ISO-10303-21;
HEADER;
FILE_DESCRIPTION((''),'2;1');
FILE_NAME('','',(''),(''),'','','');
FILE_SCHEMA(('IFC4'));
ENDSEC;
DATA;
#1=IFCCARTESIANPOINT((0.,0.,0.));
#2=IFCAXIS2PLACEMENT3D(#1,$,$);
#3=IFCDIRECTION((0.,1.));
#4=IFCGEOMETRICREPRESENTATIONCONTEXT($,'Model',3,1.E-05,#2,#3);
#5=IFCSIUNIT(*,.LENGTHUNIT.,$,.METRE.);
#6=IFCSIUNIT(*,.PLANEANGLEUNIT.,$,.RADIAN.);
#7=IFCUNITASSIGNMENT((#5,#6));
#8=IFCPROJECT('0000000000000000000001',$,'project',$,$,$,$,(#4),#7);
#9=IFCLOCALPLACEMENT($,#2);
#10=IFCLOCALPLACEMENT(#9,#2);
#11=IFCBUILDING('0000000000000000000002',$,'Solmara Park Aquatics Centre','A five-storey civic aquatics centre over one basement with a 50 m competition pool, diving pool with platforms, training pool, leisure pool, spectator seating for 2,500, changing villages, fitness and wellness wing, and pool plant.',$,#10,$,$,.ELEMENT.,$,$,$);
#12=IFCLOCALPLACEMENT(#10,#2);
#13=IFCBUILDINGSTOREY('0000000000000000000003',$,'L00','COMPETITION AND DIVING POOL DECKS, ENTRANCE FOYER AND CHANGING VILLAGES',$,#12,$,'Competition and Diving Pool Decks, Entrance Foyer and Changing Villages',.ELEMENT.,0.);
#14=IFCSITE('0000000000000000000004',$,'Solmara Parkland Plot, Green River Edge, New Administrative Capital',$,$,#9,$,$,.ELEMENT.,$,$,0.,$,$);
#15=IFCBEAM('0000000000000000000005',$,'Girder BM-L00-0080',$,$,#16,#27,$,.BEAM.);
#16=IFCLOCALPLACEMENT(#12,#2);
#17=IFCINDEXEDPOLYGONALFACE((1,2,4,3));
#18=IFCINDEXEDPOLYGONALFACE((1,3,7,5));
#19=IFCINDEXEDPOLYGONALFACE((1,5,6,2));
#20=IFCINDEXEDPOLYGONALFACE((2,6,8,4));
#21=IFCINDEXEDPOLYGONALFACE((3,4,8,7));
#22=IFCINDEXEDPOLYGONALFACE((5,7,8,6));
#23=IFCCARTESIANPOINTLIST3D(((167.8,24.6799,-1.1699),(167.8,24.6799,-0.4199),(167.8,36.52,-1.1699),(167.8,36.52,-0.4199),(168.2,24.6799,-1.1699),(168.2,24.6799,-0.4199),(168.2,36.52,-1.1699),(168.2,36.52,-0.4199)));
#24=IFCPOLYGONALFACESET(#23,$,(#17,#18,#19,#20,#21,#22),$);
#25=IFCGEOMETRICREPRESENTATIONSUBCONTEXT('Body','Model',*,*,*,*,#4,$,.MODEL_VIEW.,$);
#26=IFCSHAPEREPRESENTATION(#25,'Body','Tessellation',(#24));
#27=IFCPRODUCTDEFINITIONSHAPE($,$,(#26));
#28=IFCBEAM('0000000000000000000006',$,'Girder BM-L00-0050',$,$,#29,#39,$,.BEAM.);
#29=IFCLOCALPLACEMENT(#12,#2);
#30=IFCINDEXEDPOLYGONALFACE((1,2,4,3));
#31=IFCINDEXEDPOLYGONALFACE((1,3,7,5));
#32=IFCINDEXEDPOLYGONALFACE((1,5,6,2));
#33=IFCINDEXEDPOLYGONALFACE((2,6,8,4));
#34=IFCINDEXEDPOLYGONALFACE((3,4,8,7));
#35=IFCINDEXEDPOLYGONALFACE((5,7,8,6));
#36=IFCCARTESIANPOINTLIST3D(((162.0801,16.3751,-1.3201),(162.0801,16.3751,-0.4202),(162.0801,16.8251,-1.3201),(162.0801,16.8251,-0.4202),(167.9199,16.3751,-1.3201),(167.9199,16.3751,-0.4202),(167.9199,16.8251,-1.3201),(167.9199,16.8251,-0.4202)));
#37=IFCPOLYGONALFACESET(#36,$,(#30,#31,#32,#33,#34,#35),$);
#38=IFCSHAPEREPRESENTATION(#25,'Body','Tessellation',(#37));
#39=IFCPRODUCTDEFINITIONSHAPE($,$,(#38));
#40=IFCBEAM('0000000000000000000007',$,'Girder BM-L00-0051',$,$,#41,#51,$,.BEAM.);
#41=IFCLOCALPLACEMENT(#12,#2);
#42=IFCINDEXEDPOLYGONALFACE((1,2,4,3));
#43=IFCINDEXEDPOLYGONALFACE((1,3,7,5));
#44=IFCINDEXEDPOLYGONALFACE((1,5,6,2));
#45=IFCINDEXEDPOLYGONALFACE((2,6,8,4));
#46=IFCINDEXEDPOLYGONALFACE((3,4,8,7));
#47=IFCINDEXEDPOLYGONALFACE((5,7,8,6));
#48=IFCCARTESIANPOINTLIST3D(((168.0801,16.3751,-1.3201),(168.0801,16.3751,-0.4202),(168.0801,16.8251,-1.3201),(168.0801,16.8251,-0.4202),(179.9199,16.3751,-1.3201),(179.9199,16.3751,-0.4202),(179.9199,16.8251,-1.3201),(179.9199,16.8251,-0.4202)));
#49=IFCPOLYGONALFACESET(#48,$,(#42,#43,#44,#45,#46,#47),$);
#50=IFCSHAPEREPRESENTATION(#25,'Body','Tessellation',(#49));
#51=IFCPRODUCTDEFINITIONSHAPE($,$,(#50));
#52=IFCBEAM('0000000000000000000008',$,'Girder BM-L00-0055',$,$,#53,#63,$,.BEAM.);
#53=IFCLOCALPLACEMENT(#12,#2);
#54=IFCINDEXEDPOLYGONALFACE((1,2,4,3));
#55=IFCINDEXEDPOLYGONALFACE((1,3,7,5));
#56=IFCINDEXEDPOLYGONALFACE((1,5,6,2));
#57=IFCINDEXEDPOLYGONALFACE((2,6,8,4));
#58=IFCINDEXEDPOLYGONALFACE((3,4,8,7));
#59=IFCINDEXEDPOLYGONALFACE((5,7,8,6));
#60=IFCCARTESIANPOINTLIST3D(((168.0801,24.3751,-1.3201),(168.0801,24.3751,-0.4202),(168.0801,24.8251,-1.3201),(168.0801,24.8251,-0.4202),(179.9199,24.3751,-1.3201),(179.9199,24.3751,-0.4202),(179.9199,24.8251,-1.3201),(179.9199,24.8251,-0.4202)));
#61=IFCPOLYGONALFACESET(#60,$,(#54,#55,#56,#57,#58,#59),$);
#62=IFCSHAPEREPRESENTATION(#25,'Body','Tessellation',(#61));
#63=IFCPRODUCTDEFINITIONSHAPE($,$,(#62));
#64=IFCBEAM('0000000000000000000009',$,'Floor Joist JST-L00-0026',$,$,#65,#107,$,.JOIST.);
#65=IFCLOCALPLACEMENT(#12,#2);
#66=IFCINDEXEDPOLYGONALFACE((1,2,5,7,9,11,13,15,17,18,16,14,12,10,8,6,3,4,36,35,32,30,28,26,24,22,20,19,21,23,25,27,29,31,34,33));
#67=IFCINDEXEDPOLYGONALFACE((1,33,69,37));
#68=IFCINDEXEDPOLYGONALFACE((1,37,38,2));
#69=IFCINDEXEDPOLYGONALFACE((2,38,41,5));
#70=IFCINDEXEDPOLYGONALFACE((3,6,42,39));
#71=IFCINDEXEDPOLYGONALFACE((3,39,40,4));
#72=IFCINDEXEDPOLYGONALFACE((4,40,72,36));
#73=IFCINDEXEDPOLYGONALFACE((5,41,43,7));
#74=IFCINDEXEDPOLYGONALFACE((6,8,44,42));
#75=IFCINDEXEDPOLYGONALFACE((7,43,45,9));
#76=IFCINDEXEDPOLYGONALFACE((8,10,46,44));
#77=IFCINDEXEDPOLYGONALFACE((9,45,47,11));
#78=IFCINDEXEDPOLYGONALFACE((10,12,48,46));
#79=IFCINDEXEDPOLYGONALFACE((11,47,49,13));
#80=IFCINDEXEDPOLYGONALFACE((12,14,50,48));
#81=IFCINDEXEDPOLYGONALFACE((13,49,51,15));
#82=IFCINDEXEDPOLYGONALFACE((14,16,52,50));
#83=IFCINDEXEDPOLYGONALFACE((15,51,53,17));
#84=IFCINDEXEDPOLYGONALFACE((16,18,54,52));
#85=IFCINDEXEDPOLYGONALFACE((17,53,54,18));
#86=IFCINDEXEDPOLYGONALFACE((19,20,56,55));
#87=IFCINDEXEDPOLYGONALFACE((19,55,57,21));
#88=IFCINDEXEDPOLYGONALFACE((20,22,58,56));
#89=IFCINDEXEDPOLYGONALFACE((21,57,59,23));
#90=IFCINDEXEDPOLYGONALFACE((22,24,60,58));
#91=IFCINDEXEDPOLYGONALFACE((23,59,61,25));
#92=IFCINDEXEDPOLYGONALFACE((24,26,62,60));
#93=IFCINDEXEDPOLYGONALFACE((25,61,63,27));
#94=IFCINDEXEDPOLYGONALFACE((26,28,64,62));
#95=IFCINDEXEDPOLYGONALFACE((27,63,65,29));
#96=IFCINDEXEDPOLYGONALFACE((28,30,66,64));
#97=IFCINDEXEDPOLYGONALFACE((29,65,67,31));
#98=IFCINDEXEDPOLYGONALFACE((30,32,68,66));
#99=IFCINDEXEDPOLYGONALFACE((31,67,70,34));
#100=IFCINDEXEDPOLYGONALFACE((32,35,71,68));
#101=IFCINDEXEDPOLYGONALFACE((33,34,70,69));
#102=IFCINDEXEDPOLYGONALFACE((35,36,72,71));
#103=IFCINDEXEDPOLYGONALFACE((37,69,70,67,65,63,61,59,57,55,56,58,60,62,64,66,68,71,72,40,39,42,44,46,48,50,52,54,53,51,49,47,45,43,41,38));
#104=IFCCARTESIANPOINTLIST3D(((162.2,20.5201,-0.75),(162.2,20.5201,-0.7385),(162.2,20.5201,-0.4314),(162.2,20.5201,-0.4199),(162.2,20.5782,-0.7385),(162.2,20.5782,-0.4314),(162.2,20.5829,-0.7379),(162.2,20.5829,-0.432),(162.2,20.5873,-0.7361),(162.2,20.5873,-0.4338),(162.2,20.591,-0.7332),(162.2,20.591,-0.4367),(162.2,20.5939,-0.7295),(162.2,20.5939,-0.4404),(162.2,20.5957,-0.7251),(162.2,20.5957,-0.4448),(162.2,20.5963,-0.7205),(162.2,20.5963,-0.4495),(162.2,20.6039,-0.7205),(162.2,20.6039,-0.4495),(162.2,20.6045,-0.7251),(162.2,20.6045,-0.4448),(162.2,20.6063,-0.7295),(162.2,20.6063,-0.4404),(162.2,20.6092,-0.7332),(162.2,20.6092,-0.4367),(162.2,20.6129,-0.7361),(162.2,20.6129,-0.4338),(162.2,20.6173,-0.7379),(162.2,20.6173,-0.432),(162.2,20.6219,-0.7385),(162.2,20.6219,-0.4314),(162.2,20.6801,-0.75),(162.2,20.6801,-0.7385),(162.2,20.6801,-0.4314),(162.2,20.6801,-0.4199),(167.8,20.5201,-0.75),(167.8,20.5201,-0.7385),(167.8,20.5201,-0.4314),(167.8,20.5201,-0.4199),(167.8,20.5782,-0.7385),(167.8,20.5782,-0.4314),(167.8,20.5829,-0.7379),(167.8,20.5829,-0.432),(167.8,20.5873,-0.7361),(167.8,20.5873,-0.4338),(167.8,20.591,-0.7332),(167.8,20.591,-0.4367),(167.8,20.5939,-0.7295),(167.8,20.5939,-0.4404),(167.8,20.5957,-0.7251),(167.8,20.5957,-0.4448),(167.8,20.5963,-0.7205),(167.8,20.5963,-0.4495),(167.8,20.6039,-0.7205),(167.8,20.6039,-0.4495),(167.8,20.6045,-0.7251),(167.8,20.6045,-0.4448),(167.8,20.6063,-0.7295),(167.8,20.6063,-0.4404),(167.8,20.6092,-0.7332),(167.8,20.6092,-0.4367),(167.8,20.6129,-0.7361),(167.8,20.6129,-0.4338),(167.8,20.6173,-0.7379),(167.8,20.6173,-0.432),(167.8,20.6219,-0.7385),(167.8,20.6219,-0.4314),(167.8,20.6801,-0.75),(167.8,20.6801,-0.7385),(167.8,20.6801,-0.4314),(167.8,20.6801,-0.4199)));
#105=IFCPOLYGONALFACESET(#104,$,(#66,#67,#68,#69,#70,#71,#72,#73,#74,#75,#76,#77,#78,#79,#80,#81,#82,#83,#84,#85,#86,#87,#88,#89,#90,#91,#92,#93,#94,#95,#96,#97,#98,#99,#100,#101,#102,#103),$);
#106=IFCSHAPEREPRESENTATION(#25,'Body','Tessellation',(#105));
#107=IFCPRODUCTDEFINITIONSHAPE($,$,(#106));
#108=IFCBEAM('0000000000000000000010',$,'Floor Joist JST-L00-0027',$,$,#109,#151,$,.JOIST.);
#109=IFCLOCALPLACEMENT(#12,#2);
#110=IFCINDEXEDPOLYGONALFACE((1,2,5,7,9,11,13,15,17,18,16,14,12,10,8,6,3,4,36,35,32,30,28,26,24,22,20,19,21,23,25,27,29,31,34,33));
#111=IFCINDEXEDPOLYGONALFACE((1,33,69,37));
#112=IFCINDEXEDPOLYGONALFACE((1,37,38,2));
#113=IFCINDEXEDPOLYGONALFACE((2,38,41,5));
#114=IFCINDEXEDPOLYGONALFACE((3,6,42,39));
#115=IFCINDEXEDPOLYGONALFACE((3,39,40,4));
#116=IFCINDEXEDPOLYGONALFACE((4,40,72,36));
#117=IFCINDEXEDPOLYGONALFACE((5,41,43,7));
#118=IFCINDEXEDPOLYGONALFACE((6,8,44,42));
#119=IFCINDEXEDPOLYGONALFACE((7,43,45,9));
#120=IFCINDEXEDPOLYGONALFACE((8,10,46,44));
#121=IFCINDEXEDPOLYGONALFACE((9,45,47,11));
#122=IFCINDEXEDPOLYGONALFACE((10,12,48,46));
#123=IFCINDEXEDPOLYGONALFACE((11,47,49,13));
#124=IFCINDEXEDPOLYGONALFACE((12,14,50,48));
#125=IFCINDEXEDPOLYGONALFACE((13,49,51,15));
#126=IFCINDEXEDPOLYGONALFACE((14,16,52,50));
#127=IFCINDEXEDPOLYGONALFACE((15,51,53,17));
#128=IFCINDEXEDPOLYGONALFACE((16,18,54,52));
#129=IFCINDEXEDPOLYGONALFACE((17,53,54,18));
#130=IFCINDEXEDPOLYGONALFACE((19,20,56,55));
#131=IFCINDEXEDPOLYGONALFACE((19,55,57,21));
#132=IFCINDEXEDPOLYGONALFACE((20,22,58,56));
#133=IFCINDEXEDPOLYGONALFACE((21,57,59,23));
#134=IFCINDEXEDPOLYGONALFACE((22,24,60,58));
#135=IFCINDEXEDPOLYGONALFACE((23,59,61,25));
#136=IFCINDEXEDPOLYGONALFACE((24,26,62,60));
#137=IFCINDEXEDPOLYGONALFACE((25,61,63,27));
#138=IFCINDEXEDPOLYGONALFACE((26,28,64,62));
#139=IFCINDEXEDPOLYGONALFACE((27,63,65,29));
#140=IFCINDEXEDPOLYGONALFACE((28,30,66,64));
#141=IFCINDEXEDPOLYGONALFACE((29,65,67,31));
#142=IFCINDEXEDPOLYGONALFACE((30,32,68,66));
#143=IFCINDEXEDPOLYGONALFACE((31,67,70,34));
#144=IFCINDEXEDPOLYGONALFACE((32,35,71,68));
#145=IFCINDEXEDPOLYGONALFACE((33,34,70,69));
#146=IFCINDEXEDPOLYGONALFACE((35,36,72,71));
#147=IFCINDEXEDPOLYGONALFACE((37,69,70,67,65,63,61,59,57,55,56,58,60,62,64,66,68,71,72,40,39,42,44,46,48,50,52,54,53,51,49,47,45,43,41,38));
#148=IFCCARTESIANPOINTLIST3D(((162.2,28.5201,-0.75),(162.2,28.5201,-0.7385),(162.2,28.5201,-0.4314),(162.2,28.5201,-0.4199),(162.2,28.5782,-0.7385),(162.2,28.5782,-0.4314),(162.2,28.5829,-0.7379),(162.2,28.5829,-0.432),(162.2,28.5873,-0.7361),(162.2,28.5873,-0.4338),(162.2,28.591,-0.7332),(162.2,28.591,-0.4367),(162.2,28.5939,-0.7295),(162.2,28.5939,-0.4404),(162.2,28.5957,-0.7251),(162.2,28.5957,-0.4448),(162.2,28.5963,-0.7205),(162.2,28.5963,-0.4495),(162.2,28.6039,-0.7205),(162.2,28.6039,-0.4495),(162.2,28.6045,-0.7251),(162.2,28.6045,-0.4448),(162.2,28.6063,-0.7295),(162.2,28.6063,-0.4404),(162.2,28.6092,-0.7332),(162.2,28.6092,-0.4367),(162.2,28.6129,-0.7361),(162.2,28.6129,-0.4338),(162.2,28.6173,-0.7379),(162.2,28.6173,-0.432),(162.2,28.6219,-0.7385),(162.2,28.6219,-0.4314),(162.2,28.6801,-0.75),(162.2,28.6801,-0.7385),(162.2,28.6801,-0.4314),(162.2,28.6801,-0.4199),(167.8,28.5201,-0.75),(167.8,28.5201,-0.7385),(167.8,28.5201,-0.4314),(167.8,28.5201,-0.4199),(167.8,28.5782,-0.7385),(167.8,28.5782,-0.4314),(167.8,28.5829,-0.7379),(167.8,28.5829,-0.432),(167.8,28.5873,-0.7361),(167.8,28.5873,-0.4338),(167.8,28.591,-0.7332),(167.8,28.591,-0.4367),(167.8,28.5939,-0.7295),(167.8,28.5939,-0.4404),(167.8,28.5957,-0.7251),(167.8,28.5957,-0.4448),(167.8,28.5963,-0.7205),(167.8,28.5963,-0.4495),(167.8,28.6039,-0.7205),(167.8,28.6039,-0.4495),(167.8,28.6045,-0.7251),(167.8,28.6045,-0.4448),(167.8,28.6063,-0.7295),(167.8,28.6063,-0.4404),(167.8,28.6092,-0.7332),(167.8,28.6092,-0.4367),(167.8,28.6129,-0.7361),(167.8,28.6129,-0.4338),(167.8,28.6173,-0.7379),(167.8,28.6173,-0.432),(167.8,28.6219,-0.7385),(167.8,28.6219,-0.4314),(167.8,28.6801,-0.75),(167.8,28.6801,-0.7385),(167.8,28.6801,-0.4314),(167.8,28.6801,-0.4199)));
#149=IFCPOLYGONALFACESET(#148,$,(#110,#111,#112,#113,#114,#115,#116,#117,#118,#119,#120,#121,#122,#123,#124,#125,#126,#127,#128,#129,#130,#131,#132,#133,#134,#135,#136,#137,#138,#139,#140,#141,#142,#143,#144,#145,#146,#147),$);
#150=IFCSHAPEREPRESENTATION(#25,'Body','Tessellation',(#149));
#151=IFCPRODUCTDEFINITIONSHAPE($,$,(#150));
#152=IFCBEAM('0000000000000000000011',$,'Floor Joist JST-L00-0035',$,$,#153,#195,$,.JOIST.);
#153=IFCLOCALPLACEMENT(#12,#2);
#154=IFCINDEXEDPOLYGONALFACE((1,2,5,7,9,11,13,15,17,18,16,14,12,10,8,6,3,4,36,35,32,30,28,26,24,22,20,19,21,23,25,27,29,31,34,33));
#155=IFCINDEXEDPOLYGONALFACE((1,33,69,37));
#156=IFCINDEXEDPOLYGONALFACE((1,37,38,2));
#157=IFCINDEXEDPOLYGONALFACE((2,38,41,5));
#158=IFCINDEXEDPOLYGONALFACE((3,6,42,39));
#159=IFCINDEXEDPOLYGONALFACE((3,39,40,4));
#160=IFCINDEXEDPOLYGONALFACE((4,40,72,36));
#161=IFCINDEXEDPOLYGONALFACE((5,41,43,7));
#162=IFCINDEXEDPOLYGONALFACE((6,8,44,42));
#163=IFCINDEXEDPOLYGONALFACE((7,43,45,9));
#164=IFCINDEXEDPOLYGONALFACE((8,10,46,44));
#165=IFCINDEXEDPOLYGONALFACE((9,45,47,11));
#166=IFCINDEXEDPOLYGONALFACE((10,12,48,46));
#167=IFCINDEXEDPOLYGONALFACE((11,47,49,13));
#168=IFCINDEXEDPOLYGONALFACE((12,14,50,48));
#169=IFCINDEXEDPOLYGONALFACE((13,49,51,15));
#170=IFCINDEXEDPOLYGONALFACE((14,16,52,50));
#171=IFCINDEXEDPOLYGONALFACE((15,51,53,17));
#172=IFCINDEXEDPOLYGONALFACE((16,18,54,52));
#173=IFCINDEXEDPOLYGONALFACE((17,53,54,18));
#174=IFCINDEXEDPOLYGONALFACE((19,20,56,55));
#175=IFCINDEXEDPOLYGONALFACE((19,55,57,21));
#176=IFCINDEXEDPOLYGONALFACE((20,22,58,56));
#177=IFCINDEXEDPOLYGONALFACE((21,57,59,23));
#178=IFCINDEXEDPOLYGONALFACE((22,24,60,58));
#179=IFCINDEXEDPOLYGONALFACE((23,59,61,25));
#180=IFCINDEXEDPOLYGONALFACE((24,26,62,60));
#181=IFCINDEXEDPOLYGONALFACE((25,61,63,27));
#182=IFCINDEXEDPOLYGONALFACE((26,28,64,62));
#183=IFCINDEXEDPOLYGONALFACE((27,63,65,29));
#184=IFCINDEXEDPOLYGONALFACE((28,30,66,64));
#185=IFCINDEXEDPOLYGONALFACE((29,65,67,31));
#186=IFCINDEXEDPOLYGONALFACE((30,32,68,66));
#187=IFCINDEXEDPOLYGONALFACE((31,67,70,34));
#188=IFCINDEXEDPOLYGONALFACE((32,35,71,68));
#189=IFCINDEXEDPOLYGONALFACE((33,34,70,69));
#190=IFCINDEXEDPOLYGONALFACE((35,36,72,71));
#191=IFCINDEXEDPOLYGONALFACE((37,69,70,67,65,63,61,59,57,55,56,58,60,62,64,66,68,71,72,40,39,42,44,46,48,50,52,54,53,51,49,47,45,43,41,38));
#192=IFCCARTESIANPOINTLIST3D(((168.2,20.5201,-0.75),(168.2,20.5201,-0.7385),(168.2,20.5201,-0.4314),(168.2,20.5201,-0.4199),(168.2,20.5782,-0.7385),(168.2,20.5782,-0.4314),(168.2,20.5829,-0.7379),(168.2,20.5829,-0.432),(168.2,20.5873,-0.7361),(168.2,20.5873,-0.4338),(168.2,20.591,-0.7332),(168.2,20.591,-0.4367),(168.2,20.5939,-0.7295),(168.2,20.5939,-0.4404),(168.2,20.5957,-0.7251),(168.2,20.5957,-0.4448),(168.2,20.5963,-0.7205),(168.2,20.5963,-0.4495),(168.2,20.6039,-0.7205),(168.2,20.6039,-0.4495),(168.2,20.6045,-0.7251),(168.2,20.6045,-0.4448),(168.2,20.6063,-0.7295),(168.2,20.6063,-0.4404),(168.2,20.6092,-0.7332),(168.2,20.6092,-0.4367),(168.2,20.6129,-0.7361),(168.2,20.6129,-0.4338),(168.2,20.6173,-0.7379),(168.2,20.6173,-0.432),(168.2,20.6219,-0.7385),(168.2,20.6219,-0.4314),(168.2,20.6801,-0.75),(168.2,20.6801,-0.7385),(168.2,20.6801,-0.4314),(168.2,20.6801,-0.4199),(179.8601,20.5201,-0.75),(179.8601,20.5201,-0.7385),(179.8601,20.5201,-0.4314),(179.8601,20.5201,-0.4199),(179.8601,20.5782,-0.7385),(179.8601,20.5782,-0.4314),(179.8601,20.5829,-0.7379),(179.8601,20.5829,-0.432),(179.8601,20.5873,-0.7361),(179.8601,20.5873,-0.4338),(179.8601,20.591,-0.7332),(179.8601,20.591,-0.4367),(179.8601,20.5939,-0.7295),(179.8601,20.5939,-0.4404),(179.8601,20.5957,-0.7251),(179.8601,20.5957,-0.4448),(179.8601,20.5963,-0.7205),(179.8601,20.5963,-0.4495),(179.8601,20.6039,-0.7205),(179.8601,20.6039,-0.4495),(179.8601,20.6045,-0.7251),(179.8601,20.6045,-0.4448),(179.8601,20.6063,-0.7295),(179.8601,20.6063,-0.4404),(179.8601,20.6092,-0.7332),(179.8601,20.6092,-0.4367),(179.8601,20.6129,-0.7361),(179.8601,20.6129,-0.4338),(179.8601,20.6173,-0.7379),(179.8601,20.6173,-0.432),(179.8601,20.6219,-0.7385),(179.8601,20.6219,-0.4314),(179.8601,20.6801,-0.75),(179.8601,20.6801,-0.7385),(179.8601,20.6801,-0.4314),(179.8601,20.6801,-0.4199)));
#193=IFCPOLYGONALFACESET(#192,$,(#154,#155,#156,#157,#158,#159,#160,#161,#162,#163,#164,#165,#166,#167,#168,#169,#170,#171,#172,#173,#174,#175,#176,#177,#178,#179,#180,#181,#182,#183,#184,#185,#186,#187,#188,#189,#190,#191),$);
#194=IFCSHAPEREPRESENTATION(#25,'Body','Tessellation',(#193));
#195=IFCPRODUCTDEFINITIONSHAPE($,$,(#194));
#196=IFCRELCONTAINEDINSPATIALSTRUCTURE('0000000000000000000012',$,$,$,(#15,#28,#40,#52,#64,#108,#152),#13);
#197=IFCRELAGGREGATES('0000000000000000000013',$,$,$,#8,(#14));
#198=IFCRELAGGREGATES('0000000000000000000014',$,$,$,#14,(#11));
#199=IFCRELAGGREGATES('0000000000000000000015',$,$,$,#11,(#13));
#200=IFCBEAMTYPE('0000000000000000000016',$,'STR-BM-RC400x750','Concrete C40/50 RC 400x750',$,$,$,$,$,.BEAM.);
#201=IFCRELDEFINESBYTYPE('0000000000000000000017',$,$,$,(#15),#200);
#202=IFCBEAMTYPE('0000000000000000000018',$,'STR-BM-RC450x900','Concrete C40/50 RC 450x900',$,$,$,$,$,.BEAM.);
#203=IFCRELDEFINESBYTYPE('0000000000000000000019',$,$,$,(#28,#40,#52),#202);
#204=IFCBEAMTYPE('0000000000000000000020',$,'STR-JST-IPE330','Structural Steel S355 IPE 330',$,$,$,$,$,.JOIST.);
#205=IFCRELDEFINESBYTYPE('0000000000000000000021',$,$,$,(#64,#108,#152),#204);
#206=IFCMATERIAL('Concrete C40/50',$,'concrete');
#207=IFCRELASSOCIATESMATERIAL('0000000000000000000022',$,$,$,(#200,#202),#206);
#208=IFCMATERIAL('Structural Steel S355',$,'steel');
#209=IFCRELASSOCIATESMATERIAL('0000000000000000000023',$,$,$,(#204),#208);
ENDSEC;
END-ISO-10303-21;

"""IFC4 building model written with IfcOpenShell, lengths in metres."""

from ifc_helpers import new_model, si_unit, direction, frame, origin, origin_2d, place, context, subcontext, project, spatial, rectangle, i_section, extrude, material, material_profile, profile_set, type_object, element, save


model = new_model("IFC4")

# Units and contexts
model_context = context("Model", 3, precision=1e-05, world=origin(), true_north=direction((0.0, 1.0)))
body_context = subcontext(model_context, "Body", "Model", "MODEL_VIEW")
ifc_project = project(units=[si_unit("LENGTHUNIT", "METRE"), si_unit("PLANEANGLEUNIT", "RADIAN")], contexts=[model_context])

# Site, building, storey
site_placement = place(None, origin())
site = spatial("IfcSite", under=ifc_project, at=site_placement, Name="Solmara Parkland Plot, Green River Edge, New Administrative Capital", CompositionType="ELEMENT", RefElevation=0.0)
building_placement = place(site_placement, origin())
building = spatial("IfcBuilding", under=site, at=building_placement, Name="Solmara Park Aquatics Centre", Description="A five-storey civic aquatics centre over one basement with a 50 m competition pool, diving pool with platforms, training pool, leisure pool, spectator seating for 2,500, changing villages, fitness and wellness wing, and pool plant.", CompositionType="ELEMENT")
storey_placement = place(building_placement, origin())
storey = spatial("IfcBuildingStorey", under=building, at=storey_placement, Name="L00", Description="COMPETITION AND DIVING POOL DECKS, ENTRANCE FOYER AND CHANGING VILLAGES", LongName="Competition and Diving Pool Decks, Entrance Foyer and Changing Villages", CompositionType="ELEMENT", Elevation=0.0)

# Shared definitions
ifc_material_1 = material(Name="Concrete C40/50", Category="concrete")

# Beams
ifc_material_2 = material(Name="Structural Steel S355", Category="steel")
ifc_material_profile_1 = material_profile(ifc_material_1, rectangle(XDim=0.3999, YDim=0.75, at=origin_2d()), Name="RC 400x750")
ifc_profile_set_1 = profile_set([ifc_material_profile_1], Name="Concrete C40/50")
beam_type_1 = type_object("IfcBeamType", Name="STR-BM-RC400x750", Description="Concrete C40/50 RC 400x750", PredefinedType="BEAM", material=ifc_profile_set_1)
beam_1_placement = place(storey_placement, frame((168.0, 24.6799, -0.7949), z_axis=(0.0, 1.0, 0.0), x_axis=(-1.0, 0.0, 0.0)))
element("IfcBeam", 1, at=beam_1_placement, inside=storey, type_object=beam_type_1, Name="Girder BM-L00-0080", PredefinedType="BEAM", context=body_context, shape_type="SweptSolid", body=[
    extrude(rectangle(XDim=0.3999, YDim=0.75, at=origin_2d()), origin(), (0.0, 0.0, 1.0), 11.8401),
])
ifc_material_profile_2 = material_profile(ifc_material_1, rectangle(XDim=0.45, YDim=0.8999, at=origin_2d()), Name="RC 450x900")
ifc_profile_set_2 = profile_set([ifc_material_profile_2], Name="Concrete C40/50")
beam_type_2 = type_object("IfcBeamType", Name="STR-BM-RC450x900", Description="Concrete C40/50 RC 450x900", PredefinedType="BEAM", material=ifc_profile_set_2)
beam_2_placement = place(storey_placement, frame((162.0801, 16.6001, -0.8701), z_axis=(1.0, 0.0, 0.0), x_axis=(0.0, 1.0, 0.0)))
element("IfcBeam", 2, at=beam_2_placement, inside=storey, type_object=beam_type_2, Name="Girder BM-L00-0050", PredefinedType="BEAM", context=body_context, shape_type="SweptSolid", body=[
    extrude(rectangle(XDim=0.45, YDim=0.8999, at=origin_2d()), origin(), (0.0, 0.0, 1.0), 5.8398),
])
for number, where, z_axis, x_axis, name in (
    (3, (168.0801, 16.6001, -0.8701), (1.0, 0.0, 0.0), (0.0, 1.0, 0.0), "Girder BM-L00-0051"),
    (4, (168.0801, 24.6001, -0.8701), (1.0, 0.0, 0.0), (0.0, 1.0, 0.0), "Girder BM-L00-0055"),
):
    element("IfcBeam", number, at=place(storey_placement, frame(where, z_axis=z_axis, x_axis=x_axis)), inside=storey, type_object=beam_type_2, Name=name, PredefinedType="BEAM", context=body_context, shape_type="SweptSolid", body=[
        extrude(rectangle(XDim=0.45, YDim=0.8999, at=origin_2d()), origin(), (0.0, 0.0, 1.0), 11.8398),
    ])
ifc_material_profile_3 = material_profile(ifc_material_2, i_section(OverallWidth=0.1599, OverallDepth=0.3301, WebThickness=0.0076, FlangeThickness=0.0115, FilletRadius=0.0181, at=origin_2d()), Name="IPE 330")
ifc_profile_set_3 = profile_set([ifc_material_profile_3], Name="Structural Steel S355")
beam_type_3 = type_object("IfcBeamType", Name="STR-JST-IPE330", Description="Structural Steel S355 IPE 330", PredefinedType="JOIST", material=ifc_profile_set_3)
for number, where, z_axis, x_axis, name in (
    (5, (162.2, 20.6001, -0.585), (1.0, 0.0, 0.0), (0.0, 1.0, 0.0), "Floor Joist JST-L00-0026"),
    (6, (162.2, 28.6001, -0.585), (1.0, 0.0, 0.0), (0.0, 1.0, 0.0), "Floor Joist JST-L00-0027"),
):
    element("IfcBeam", number, at=place(storey_placement, frame(where, z_axis=z_axis, x_axis=x_axis)), inside=storey, type_object=beam_type_3, Name=name, PredefinedType="JOIST", context=body_context, shape_type="SweptSolid", body=[
        extrude(i_section(OverallWidth=0.1599, OverallDepth=0.3301, WebThickness=0.0076, FlangeThickness=0.0115, FilletRadius=0.0181, at=origin_2d()), origin(), (0.0, 0.0, 1.0), 5.6001),
    ])
beam_3_placement = place(storey_placement, frame((168.2, 20.6001, -0.585), z_axis=(1.0, 0.0, 0.0), x_axis=(0.0, 1.0, 0.0)))
element("IfcBeam", 7, at=beam_3_placement, inside=storey, type_object=beam_type_3, Name="Floor Joist JST-L00-0035", PredefinedType="JOIST", context=body_context, shape_type="SweptSolid", body=[
    extrude(i_section(OverallWidth=0.1599, OverallDepth=0.3301, WebThickness=0.0076, FlangeThickness=0.0115, FilletRadius=0.0181, at=origin_2d()), origin(), (0.0, 0.0, 1.0), 11.6602),
])

save(model, "model.ifc")
